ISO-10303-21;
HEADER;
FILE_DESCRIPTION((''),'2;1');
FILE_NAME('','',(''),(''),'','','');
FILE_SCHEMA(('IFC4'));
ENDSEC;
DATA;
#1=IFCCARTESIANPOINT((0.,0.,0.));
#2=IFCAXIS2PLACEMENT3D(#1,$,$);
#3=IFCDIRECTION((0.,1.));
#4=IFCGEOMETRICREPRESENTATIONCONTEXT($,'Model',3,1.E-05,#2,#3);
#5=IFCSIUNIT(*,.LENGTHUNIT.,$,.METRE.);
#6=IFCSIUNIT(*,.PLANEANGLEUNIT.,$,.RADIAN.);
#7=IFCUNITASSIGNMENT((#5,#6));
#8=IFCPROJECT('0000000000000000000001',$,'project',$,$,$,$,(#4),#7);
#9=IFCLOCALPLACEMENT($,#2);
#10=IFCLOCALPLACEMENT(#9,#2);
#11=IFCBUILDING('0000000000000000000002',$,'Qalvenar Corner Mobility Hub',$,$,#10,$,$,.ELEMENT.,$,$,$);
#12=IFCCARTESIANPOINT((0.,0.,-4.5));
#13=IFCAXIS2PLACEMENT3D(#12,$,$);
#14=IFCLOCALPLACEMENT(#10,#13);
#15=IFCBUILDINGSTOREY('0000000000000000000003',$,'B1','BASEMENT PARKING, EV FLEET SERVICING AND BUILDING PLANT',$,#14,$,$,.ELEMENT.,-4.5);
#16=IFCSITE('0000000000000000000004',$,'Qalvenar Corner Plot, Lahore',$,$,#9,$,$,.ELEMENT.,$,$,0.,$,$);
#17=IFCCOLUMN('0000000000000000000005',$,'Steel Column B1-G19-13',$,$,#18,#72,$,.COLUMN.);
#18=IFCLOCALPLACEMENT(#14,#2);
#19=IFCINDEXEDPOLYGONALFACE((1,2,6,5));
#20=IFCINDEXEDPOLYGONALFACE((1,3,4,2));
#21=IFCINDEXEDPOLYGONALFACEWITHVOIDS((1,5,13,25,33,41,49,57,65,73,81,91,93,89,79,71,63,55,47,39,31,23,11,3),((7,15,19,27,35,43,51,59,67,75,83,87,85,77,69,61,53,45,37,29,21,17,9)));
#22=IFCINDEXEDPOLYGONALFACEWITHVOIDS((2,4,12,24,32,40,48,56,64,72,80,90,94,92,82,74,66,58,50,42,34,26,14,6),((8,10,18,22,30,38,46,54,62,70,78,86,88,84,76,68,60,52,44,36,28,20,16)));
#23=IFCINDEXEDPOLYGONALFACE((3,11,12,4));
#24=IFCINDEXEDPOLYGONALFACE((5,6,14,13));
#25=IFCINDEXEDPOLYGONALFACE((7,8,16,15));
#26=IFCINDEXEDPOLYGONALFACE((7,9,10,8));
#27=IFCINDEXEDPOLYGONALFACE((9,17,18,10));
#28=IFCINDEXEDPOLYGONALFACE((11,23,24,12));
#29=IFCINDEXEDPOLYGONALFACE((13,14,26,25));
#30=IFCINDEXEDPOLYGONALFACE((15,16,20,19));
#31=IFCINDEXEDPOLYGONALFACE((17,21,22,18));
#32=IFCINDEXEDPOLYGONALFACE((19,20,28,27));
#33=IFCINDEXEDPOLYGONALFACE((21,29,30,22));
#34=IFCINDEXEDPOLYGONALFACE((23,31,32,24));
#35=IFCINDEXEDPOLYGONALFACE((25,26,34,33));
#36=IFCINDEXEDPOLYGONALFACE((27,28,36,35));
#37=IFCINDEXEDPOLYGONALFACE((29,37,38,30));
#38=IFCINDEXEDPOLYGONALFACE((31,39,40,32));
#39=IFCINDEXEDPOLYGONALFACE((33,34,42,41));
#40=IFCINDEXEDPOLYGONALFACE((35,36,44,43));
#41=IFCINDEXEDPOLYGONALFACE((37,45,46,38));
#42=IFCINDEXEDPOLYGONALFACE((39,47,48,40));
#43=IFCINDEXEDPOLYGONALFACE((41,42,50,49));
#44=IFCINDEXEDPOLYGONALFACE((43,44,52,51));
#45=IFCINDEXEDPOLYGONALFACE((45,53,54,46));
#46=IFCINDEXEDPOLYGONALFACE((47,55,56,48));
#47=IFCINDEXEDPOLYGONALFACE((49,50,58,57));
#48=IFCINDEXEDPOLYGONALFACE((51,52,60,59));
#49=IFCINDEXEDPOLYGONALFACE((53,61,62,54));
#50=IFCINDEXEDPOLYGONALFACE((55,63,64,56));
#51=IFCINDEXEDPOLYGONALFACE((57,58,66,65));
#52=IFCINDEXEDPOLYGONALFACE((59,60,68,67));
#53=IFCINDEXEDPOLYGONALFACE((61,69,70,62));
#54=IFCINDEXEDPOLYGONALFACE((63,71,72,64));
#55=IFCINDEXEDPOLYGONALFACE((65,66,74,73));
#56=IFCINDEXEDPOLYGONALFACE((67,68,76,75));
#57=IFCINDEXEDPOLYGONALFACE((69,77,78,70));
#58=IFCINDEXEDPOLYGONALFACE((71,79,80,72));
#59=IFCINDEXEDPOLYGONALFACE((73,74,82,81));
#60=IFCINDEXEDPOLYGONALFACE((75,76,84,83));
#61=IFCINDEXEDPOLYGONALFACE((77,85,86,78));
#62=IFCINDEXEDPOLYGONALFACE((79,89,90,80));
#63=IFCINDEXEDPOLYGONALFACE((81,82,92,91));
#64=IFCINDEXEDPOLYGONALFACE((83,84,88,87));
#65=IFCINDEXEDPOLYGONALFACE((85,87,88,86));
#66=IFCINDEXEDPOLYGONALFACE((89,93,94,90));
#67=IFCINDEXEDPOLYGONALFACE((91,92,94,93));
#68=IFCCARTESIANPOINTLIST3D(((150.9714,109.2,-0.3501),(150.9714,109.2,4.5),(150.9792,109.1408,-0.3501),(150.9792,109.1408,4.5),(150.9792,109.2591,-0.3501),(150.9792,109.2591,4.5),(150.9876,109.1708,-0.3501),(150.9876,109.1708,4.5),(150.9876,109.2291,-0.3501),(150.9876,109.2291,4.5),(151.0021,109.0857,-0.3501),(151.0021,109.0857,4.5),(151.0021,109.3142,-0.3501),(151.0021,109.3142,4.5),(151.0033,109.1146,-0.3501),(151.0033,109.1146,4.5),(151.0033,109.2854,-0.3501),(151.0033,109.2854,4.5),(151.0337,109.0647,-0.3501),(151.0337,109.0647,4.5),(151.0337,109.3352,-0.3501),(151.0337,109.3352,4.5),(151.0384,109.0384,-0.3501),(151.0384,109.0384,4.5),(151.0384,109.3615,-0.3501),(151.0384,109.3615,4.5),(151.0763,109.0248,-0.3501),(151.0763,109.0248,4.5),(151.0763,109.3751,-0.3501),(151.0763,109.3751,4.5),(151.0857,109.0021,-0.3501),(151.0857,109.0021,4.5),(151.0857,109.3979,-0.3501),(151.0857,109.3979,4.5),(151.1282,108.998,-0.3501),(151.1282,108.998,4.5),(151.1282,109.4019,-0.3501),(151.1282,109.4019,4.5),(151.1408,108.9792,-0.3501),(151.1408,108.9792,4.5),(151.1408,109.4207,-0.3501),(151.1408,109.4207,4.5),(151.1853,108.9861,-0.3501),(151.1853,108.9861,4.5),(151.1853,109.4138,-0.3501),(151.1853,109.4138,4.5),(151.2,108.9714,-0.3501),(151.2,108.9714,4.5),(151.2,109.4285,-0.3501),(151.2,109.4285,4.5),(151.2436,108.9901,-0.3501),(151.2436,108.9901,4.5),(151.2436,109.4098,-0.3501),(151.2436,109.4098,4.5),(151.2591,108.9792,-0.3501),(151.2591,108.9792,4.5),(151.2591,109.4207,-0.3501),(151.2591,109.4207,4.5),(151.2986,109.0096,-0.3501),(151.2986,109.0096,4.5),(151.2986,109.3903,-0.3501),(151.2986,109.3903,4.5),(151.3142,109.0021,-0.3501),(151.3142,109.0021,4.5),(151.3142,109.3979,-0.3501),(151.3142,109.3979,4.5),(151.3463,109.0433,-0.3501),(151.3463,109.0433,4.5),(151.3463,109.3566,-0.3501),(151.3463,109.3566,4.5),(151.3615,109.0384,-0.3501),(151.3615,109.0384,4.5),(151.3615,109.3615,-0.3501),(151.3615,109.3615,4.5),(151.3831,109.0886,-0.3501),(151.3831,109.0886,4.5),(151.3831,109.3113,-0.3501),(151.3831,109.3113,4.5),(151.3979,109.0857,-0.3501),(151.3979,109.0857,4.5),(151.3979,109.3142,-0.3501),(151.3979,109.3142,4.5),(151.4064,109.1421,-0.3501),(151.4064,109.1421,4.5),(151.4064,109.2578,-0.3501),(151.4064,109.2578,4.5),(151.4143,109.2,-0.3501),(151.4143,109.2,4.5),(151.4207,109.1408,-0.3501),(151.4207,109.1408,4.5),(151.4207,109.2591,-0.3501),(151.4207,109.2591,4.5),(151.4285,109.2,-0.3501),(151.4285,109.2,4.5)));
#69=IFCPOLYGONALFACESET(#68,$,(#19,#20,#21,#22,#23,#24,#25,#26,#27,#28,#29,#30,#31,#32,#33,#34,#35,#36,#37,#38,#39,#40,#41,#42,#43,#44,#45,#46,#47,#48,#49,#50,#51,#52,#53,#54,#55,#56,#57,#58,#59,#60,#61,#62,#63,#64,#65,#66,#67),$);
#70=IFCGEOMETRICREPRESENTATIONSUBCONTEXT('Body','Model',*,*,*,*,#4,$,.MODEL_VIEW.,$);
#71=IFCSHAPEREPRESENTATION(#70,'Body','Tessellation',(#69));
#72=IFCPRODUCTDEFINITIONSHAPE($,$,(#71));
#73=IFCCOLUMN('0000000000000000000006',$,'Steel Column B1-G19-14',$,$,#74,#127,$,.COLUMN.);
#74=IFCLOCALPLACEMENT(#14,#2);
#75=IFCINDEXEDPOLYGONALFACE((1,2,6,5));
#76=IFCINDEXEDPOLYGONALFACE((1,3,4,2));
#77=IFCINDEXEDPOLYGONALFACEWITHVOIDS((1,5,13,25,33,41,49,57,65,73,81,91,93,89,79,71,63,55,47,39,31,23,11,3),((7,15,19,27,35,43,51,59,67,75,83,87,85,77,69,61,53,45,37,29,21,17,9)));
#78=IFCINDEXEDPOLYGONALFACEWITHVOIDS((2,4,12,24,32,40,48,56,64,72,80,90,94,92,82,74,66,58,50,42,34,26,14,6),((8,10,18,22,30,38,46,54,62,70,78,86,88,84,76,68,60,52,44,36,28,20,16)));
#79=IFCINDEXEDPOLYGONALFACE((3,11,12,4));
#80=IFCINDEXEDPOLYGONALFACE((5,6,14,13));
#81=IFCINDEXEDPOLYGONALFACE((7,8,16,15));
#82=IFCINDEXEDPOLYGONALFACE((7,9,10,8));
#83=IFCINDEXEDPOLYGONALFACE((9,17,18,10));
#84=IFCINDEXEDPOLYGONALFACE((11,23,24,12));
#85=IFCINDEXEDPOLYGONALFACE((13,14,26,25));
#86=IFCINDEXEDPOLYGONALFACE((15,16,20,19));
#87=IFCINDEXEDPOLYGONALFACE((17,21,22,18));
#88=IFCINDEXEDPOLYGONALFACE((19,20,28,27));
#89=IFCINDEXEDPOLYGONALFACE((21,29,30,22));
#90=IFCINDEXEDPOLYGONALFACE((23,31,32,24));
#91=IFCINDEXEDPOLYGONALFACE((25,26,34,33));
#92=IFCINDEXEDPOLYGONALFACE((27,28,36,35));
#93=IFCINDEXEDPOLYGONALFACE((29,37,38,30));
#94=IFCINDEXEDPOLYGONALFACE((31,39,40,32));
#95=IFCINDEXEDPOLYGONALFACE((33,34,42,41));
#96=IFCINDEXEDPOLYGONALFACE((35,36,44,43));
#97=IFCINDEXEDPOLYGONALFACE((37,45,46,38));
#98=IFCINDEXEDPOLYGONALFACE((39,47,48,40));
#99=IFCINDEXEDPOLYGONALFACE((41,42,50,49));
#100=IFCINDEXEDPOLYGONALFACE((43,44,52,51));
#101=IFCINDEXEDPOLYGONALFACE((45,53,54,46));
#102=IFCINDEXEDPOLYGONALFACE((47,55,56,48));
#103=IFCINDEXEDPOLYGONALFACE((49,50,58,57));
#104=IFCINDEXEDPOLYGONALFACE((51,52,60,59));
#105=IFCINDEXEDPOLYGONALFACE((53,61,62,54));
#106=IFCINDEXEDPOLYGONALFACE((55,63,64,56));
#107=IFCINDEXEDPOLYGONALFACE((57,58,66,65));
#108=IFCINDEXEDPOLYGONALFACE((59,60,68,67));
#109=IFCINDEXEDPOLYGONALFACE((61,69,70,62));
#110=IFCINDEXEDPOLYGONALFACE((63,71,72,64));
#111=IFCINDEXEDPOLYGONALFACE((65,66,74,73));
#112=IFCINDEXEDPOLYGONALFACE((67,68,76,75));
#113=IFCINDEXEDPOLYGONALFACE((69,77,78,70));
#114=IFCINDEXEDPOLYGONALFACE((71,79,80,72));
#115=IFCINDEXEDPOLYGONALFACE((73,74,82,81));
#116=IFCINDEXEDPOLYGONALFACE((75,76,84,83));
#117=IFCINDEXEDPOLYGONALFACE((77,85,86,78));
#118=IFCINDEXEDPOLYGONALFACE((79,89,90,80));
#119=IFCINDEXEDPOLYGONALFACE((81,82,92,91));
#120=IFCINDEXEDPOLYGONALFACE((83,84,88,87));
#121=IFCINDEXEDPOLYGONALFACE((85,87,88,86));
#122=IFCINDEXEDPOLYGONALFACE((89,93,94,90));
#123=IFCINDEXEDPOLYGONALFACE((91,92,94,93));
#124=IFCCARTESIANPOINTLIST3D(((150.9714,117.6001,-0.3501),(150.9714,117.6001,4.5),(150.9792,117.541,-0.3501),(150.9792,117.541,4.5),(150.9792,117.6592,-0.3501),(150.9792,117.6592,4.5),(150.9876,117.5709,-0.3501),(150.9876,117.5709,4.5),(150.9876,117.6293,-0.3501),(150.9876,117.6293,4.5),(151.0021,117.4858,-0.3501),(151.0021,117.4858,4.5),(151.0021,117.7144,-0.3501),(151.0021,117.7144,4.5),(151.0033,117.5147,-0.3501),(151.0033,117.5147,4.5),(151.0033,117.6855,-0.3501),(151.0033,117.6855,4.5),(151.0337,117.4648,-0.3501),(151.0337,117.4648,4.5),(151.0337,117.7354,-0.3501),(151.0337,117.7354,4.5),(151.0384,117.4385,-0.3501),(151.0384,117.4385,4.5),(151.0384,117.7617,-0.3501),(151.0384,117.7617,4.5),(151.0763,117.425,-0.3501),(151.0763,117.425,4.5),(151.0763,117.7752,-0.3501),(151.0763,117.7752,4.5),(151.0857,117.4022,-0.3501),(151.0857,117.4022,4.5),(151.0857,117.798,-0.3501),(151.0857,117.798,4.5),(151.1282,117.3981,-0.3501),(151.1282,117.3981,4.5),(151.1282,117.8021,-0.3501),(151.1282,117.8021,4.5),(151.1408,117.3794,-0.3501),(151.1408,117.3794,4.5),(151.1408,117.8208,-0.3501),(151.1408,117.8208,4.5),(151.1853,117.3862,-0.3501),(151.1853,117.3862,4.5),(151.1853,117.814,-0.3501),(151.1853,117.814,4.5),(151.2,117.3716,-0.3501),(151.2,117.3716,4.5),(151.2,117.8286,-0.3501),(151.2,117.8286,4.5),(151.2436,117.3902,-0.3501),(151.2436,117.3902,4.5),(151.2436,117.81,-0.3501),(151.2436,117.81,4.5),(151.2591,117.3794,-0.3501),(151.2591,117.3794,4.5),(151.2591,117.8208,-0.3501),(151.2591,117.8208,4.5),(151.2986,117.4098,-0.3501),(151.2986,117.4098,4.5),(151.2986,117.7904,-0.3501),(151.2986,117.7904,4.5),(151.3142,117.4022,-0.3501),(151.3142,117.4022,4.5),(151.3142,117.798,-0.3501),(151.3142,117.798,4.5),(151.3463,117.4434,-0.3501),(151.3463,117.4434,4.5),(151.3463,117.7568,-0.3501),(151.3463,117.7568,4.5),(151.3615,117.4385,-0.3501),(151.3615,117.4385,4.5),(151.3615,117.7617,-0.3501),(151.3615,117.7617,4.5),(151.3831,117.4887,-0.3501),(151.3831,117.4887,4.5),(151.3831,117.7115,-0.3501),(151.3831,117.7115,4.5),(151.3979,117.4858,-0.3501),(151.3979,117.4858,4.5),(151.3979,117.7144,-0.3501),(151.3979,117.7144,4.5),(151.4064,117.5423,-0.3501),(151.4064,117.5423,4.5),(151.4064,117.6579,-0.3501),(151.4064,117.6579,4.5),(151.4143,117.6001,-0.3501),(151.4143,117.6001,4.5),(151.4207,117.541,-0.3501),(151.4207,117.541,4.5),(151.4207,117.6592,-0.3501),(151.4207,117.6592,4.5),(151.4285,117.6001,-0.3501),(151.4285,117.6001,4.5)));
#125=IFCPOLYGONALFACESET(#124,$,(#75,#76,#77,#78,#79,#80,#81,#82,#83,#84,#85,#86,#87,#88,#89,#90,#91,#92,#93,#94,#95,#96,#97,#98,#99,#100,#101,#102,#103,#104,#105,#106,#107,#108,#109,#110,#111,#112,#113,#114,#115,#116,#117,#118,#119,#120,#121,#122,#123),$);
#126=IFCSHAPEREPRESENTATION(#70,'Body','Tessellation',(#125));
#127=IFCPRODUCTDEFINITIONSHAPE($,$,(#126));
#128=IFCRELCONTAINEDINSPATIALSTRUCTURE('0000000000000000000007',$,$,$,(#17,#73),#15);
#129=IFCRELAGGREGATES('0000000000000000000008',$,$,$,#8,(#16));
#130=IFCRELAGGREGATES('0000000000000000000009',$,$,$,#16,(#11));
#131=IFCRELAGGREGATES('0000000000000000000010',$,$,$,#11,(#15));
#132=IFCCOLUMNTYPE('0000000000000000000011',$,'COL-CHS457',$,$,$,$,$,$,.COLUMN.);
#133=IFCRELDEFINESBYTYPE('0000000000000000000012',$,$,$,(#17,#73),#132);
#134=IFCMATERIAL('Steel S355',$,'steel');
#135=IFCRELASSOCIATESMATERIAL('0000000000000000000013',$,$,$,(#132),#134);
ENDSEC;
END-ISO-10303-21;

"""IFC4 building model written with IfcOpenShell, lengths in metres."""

from ifc_helpers import new_model, si_unit, direction, frame, origin, origin_2d, place, context, subcontext, project, spatial, hollow_circle, extrude, material, material_profile, profile_set, type_object, element, save


model = new_model("IFC4")

# Units and contexts
model_context = context("Model", 3, precision=1e-05, world=origin(), true_north=direction((0.0, 1.0)))
body_context = subcontext(model_context, "Body", "Model", "MODEL_VIEW")
ifc_project = project(units=[si_unit("LENGTHUNIT", "METRE"), si_unit("PLANEANGLEUNIT", "RADIAN")], contexts=[model_context])

# Site, building, storey
site_placement = place(None, origin())
site = spatial("IfcSite", under=ifc_project, at=site_placement, Name="Qalvenar Corner Plot, Lahore", CompositionType="ELEMENT", RefElevation=0.0)
building_placement = place(site_placement, origin())
building = spatial("IfcBuilding", under=site, at=building_placement, Name="Qalvenar Corner Mobility Hub", CompositionType="ELEMENT")
storey_placement = place(building_placement, frame((0.0, 0.0, -4.5)))
storey = spatial("IfcBuildingStorey", under=building, at=storey_placement, Name="B1", Description="BASEMENT PARKING, EV FLEET SERVICING AND BUILDING PLANT", CompositionType="ELEMENT", Elevation=-4.5)

# Columns
ifc_material_1 = material(Name="Steel S355", Category="steel")
ifc_material_profile_1 = material_profile(ifc_material_1, hollow_circle(Radius=0.2285, WallThickness=0.0142, at=origin_2d()), Name="CHS457x14.2")
ifc_profile_set_1 = profile_set([ifc_material_profile_1], Name="Steel S355")
column_type = type_object("IfcColumnType", Name="COL-CHS457", PredefinedType="COLUMN", material=ifc_profile_set_1)
for number, where, z_axis, x_axis, name in (
    (1, (151.2, 109.2, -0.3501), (0.0, 0.0, 1.0), (1.0, 0.0, 0.0), "Steel Column B1-G19-13"),
    (2, (151.2, 117.6001, -0.3501), (0.0, 0.0, 1.0), (1.0, 0.0, 0.0), "Steel Column B1-G19-14"),
):
    element("IfcColumn", number, at=place(storey_placement, frame(where, z_axis=z_axis, x_axis=x_axis)), inside=storey, type_object=column_type, Name=name, PredefinedType="COLUMN", context=body_context, shape_type="SweptSolid", body=[
        extrude(hollow_circle(Radius=0.2285, WallThickness=0.0142, at=origin_2d()), origin(), (0.0, 0.0, 1.0), 4.8501),
    ])

save(model, "model.ifc")
